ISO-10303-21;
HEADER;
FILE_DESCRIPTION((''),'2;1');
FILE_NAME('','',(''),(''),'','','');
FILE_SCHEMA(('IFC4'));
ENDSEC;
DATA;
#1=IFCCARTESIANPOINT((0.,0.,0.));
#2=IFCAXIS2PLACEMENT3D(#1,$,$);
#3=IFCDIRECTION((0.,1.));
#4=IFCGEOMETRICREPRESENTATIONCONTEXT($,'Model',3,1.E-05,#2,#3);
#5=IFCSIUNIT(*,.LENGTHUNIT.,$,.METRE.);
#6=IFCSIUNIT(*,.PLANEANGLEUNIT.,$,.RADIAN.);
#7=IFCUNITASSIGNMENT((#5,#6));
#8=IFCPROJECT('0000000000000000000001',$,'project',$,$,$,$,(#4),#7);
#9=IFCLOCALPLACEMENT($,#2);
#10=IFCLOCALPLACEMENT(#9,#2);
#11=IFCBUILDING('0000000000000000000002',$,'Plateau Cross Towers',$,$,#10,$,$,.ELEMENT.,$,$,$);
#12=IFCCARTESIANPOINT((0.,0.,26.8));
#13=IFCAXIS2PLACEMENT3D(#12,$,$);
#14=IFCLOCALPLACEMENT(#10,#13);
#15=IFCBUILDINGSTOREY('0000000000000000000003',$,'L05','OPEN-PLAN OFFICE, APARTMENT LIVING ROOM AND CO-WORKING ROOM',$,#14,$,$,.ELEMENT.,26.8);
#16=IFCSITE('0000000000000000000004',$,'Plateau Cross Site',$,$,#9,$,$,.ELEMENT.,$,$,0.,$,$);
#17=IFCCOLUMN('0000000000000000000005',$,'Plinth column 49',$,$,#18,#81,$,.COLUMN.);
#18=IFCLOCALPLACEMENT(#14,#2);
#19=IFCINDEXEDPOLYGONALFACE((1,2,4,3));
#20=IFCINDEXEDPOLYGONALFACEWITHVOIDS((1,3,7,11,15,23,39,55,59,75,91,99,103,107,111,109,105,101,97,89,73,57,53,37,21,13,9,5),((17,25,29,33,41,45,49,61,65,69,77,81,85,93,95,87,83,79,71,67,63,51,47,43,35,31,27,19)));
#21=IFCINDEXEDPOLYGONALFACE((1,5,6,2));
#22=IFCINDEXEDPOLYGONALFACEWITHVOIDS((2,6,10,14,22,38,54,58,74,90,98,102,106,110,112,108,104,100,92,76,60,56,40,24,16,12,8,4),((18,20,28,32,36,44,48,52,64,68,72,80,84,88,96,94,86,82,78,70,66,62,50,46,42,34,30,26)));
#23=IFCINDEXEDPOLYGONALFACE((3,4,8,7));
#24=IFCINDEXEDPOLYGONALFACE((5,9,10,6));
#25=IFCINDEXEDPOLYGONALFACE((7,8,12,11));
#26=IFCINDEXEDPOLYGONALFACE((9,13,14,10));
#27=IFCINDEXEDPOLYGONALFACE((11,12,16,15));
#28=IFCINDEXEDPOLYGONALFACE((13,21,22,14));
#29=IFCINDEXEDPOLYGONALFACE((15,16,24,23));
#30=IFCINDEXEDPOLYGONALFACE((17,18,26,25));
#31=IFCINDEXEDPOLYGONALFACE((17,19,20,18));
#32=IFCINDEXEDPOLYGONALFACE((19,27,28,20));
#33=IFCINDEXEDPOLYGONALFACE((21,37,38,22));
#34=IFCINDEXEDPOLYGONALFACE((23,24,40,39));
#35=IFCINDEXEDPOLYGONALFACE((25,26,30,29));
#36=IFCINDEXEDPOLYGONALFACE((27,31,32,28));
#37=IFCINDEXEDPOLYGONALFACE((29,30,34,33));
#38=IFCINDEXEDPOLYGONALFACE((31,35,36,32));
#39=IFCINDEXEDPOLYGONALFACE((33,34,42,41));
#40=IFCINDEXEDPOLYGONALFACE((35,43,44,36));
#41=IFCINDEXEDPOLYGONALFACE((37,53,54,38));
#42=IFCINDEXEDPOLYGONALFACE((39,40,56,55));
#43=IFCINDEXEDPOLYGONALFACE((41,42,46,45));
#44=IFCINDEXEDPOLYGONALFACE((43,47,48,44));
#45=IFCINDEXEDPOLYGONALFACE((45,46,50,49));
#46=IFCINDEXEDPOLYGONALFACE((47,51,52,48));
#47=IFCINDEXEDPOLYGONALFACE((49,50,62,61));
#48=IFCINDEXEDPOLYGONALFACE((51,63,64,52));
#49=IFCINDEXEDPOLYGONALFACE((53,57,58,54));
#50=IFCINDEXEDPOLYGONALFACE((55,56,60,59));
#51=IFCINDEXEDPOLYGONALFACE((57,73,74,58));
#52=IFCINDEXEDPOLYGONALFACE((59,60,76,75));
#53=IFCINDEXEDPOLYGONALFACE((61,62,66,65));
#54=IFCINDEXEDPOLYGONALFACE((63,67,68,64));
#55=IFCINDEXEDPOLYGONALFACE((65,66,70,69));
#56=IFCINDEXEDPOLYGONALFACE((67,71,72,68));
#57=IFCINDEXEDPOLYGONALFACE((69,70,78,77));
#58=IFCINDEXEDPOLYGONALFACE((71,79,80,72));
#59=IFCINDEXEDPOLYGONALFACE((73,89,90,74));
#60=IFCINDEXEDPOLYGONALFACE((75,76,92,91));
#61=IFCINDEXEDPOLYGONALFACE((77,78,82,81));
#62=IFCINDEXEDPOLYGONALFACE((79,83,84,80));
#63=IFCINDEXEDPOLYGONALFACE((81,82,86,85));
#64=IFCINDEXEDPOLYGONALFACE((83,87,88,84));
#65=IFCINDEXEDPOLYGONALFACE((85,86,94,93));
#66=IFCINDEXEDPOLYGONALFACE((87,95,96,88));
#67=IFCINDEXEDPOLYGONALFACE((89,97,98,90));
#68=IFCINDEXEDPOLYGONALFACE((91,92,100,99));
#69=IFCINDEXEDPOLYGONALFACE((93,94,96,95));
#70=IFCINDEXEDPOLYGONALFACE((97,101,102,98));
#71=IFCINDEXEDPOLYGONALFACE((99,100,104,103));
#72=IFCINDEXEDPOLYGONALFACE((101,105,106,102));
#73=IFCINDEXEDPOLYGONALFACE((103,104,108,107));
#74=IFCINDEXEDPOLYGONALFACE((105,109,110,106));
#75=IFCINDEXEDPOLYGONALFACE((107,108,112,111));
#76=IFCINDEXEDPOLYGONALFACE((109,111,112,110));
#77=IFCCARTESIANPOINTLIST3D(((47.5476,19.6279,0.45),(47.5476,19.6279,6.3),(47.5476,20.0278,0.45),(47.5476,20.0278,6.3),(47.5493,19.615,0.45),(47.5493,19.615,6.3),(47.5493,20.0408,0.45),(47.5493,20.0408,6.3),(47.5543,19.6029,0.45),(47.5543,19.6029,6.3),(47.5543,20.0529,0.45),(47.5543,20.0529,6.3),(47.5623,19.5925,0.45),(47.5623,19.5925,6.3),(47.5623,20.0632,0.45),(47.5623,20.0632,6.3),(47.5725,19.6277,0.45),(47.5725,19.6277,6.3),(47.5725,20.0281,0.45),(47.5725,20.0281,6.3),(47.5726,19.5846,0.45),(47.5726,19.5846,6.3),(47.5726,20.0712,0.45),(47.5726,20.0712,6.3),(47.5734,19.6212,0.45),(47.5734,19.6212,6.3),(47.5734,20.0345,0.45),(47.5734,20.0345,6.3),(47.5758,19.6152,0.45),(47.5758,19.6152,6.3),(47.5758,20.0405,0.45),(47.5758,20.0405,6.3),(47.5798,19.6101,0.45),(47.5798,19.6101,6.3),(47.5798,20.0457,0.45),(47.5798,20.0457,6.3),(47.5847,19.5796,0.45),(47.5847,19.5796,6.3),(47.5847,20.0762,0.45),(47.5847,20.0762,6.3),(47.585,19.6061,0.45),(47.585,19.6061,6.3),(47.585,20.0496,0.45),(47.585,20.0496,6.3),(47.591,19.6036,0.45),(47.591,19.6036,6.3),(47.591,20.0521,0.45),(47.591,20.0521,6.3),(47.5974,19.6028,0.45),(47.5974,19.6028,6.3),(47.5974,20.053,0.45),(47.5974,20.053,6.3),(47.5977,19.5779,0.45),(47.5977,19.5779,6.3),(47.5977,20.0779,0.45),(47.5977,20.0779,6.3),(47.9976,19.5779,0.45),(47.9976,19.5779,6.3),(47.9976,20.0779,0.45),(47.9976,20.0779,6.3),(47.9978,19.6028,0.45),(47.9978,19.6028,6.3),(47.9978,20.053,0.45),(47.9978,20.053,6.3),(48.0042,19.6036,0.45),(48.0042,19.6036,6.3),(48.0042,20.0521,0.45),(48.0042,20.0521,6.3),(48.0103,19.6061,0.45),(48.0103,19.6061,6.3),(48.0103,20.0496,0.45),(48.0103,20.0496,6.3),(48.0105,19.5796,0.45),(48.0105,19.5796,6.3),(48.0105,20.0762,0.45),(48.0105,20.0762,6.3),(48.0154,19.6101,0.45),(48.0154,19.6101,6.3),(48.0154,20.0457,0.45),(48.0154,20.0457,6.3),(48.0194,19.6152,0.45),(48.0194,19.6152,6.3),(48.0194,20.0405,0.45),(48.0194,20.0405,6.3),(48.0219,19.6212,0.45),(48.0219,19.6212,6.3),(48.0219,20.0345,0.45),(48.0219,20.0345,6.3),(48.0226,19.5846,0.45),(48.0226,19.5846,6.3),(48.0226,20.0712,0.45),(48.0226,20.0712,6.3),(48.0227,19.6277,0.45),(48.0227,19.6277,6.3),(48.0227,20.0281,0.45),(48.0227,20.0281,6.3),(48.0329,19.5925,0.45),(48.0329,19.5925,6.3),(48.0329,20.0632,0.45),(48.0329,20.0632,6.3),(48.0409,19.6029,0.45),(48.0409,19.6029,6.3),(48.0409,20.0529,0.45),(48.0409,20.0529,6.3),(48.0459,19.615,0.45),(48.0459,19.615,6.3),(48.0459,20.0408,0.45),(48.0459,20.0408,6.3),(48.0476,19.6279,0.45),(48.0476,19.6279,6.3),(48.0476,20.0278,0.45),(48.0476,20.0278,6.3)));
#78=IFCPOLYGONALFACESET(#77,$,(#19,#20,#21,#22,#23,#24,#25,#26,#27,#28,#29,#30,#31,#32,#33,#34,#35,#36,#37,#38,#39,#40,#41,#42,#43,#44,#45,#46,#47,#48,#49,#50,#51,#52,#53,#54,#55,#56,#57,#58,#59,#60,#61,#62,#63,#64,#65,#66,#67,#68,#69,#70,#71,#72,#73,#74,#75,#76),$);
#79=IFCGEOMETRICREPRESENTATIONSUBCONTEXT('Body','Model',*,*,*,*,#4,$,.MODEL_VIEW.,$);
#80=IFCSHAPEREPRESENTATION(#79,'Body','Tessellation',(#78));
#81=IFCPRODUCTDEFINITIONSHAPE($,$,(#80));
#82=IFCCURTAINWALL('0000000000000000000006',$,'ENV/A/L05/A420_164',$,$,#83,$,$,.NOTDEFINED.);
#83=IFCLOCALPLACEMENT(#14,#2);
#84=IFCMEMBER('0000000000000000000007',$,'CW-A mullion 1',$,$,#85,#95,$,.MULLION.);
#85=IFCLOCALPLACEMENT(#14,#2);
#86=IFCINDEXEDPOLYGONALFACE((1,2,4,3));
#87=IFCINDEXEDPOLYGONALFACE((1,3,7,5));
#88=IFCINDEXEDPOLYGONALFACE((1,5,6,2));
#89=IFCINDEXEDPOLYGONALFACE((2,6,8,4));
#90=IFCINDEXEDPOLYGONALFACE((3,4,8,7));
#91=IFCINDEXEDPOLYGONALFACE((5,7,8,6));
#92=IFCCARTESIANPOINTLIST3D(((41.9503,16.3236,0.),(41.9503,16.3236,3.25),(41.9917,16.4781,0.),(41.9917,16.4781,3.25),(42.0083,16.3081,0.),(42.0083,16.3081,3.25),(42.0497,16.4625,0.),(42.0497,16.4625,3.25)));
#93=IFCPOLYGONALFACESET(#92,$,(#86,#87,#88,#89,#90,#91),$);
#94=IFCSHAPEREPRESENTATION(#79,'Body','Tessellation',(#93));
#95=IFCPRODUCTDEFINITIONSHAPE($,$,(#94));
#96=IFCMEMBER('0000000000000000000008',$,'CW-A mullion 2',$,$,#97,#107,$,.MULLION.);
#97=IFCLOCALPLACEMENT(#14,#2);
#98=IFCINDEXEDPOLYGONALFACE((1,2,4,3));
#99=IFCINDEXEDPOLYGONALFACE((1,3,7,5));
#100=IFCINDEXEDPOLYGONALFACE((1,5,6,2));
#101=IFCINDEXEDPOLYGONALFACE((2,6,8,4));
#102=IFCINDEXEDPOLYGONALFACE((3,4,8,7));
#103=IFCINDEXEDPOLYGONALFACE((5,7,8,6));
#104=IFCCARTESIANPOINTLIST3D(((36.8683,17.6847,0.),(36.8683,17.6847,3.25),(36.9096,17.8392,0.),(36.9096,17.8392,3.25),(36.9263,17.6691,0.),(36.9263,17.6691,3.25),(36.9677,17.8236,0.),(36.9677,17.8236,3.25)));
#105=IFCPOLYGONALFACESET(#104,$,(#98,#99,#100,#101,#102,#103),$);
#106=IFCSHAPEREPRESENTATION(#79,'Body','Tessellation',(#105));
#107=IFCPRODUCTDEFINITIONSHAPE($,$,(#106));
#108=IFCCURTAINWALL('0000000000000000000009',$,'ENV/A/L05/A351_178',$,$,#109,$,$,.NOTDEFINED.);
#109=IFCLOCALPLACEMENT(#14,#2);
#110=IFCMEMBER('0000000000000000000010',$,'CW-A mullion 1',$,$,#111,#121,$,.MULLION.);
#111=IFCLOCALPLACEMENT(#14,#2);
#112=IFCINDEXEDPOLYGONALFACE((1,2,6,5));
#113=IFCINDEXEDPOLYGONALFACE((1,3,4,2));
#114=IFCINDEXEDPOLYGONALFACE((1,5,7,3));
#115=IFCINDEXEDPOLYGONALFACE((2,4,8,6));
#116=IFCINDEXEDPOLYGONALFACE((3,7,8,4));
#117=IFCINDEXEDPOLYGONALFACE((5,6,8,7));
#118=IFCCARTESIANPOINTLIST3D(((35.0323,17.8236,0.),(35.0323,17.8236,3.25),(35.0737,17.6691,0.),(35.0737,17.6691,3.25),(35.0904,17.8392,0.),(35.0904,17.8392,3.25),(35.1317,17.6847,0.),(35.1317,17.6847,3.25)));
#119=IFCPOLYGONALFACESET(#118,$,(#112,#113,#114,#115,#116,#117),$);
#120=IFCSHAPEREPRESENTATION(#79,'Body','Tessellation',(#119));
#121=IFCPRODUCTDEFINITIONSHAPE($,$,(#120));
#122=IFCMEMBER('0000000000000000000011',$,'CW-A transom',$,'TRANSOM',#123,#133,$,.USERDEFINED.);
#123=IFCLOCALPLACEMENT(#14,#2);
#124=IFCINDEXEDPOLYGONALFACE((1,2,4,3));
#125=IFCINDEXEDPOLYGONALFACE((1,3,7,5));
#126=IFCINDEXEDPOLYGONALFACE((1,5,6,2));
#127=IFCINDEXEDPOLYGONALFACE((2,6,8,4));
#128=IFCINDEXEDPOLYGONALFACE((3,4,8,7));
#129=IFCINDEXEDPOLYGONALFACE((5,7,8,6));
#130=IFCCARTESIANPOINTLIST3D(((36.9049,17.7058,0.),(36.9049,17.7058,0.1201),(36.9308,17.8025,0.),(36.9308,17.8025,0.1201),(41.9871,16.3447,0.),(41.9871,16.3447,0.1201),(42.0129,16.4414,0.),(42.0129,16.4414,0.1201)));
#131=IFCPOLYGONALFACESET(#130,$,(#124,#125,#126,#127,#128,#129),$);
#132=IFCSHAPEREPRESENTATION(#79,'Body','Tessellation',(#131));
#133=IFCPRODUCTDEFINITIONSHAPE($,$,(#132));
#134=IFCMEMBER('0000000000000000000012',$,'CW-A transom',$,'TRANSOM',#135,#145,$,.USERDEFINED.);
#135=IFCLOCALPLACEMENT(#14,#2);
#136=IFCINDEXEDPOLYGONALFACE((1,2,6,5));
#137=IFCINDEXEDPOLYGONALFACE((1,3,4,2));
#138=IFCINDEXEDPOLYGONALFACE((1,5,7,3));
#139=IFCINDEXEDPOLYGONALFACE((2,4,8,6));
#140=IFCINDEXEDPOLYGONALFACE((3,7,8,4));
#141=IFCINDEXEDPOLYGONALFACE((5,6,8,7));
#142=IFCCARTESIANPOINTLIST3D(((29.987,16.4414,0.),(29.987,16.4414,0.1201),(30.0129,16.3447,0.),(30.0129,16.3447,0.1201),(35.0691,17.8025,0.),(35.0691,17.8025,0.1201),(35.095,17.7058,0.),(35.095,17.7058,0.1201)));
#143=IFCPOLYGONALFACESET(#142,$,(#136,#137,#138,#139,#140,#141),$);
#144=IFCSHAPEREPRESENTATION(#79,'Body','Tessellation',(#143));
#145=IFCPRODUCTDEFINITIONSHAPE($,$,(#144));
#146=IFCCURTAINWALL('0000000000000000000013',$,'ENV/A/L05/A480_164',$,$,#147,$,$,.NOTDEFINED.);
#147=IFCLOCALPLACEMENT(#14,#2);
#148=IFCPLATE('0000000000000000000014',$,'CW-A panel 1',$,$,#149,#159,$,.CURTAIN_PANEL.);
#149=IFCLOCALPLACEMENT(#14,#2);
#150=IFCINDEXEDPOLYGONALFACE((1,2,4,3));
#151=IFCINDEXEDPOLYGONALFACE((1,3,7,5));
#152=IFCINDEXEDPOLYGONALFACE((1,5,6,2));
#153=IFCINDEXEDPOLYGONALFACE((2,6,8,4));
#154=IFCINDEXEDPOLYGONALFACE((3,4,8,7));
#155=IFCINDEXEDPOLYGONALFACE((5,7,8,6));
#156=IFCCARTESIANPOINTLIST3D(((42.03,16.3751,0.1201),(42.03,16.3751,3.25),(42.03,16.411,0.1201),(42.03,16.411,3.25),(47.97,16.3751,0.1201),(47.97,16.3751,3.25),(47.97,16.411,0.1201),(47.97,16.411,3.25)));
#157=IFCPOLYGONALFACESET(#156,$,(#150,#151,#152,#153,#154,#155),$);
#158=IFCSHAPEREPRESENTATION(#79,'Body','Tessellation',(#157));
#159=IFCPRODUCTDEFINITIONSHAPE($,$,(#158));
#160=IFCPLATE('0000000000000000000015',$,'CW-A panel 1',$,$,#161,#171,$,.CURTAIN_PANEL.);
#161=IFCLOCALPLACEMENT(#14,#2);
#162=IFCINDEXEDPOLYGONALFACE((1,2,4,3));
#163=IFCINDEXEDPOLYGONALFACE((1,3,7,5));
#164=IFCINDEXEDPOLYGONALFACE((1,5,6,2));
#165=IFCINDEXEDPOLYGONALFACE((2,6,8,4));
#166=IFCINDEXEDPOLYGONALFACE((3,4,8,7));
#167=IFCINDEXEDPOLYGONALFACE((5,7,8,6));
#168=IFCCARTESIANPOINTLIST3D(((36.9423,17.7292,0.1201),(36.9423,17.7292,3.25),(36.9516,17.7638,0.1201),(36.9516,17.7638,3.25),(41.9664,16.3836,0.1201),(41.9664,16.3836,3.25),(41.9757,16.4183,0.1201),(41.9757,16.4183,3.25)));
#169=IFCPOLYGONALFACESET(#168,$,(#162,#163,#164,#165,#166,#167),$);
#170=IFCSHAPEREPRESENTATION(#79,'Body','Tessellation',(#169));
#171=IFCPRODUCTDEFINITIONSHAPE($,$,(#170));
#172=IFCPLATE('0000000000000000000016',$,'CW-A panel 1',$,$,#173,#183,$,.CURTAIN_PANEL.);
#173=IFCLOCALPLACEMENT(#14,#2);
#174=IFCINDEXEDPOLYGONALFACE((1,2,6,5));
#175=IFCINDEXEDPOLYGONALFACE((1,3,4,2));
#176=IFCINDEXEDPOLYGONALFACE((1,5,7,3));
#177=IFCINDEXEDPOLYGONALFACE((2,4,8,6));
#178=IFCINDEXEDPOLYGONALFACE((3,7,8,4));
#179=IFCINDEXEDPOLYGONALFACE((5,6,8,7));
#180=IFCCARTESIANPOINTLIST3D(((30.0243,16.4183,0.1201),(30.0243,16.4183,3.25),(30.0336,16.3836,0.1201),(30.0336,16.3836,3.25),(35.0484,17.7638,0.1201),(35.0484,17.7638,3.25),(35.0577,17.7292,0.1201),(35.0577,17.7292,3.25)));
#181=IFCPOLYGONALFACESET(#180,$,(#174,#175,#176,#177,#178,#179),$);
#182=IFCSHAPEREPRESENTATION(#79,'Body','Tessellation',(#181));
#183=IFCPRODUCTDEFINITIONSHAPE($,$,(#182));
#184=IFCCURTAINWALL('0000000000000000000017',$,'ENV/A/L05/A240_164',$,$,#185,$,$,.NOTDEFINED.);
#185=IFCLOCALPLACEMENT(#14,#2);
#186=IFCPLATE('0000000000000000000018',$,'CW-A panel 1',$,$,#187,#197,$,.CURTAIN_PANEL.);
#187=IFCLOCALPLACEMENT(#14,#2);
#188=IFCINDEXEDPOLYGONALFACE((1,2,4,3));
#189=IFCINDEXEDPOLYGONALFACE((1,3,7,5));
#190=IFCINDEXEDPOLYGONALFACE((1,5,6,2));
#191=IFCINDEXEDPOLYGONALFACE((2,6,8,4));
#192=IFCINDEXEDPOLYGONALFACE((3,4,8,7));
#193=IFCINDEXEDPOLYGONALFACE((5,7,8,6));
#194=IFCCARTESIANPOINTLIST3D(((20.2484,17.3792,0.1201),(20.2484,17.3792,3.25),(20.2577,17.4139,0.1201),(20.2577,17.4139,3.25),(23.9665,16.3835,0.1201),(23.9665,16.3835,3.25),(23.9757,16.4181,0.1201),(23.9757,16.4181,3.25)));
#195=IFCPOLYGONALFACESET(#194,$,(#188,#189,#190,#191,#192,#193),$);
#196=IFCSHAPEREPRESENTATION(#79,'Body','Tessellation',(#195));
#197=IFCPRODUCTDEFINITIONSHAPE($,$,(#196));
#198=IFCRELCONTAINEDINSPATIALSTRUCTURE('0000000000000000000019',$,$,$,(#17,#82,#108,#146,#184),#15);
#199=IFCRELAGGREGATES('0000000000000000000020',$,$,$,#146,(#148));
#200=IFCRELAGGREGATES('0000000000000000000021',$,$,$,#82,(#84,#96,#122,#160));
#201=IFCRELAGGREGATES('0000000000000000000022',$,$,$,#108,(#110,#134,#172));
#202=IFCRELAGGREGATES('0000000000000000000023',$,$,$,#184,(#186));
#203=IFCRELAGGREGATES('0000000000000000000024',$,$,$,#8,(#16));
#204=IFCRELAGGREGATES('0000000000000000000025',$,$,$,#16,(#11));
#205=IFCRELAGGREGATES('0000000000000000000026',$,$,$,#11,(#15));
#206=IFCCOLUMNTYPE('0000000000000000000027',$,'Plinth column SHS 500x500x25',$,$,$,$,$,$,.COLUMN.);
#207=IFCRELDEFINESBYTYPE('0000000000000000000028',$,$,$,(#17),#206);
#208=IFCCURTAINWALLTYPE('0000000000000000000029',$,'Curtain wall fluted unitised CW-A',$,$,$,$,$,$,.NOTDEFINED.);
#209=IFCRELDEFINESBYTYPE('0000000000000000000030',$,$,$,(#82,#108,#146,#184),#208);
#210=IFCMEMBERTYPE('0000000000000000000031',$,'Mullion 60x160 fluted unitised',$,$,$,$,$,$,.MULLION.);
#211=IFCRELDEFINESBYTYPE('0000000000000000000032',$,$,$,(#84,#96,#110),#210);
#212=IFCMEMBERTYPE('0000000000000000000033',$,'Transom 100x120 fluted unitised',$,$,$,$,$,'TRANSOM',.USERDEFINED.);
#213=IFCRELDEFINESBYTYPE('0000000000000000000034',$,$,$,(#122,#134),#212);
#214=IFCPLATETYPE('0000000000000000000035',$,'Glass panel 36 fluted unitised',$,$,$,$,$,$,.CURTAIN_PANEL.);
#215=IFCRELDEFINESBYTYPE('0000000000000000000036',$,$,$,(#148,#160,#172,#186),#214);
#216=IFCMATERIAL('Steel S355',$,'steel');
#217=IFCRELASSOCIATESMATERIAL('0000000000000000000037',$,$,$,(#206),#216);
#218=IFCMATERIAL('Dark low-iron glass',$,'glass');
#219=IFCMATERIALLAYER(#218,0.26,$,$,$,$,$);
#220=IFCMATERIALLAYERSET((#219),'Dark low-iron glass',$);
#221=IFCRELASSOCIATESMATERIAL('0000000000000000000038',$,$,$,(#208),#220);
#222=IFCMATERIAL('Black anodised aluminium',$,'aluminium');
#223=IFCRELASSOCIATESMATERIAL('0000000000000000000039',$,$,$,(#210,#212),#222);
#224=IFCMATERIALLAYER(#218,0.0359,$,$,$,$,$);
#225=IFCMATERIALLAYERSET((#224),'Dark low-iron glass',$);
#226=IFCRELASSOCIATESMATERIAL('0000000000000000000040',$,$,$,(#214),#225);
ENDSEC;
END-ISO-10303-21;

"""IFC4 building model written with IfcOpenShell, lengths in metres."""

from ifc_helpers import new_model, si_unit, direction, frame, origin, origin_2d, place, context, subcontext, project, spatial, rectangle, hollow_rectangle, extrude, material, layer, layer_set, material_profile, profile_set, type_object, element, aggregate, save


model = new_model("IFC4")

# Units and contexts
model_context = context("Model", 3, precision=1e-05, world=origin(), true_north=direction((0.0, 1.0)))
body_context = subcontext(model_context, "Body", "Model", "MODEL_VIEW")
ifc_project = project(units=[si_unit("LENGTHUNIT", "METRE"), si_unit("PLANEANGLEUNIT", "RADIAN")], contexts=[model_context])

# Site, building, storey
site_placement = place(None, origin())
site = spatial("IfcSite", under=ifc_project, at=site_placement, Name="Plateau Cross Site", CompositionType="ELEMENT", RefElevation=0.0)
building_placement = place(site_placement, origin())
building = spatial("IfcBuilding", under=site, at=building_placement, Name="Plateau Cross Towers", CompositionType="ELEMENT")
storey_placement = place(building_placement, frame((0.0, 0.0, 26.8)))
storey = spatial("IfcBuildingStorey", under=building, at=storey_placement, Name="L05", Description="OPEN-PLAN OFFICE, APARTMENT LIVING ROOM AND CO-WORKING ROOM", CompositionType="ELEMENT", Elevation=26.8)

# Column
ifc_material_1 = material(Name="Steel S355", Category="steel")
ifc_material_profile_1 = material_profile(ifc_material_1, hollow_rectangle(XDim=0.5, YDim=0.5, WallThickness=0.0249, InnerFilletRadius=0.0249, OuterFilletRadius=0.05, at=origin_2d()), Name="SHS 500x500x25")
ifc_profile_set_1 = profile_set([ifc_material_profile_1], Name="Steel S355")
column_type_1 = type_object("IfcColumnType", Name="Plinth column SHS 500x500x25", PredefinedType="COLUMN", material=ifc_profile_set_1)
for number, where, z_axis, x_axis, name in (
    (1, (47.7976, 19.8279, 0.45), (0.0, 0.0, 1.0), (1.0, 0.0, 0.0), "Plinth column 49"),
):
    element("IfcColumn", number, at=place(storey_placement, frame(where, z_axis=z_axis, x_axis=x_axis)), inside=storey, type_object=column_type_1, Name=name, PredefinedType="COLUMN", context=body_context, shape_type="SweptSolid", body=[
        extrude(hollow_rectangle(XDim=0.5, YDim=0.5, WallThickness=0.0249, InnerFilletRadius=0.0249, OuterFilletRadius=0.05, at=origin_2d()), origin(), (0.0, 0.0, 1.0), 5.8501),
    ])

# Curtain wall, members
ifc_material_2 = material(Name="Dark low-iron glass", Category="glass")
ifc_layer_1 = layer(ifc_material_2, 0.26)
ifc_layer_set_1 = layer_set([ifc_layer_1], Name="Dark low-iron glass")
curtain_wall_type = type_object("IfcCurtainWallType", Name="Curtain wall fluted unitised CW-A", PredefinedType="NOTDEFINED", material=ifc_layer_set_1)
curtain_wall_1_placement = place(storey_placement, origin())
curtain_wall_1 = element("IfcCurtainWall", 2, at=curtain_wall_1_placement, inside=storey, type_object=curtain_wall_type, Name="ENV/A/L05/A420_164", PredefinedType="NOTDEFINED")
ifc_material_3 = material(Name="Black anodised aluminium", Category="aluminium")
ifc_material_profile_2 = material_profile(ifc_material_3, rectangle(XDim=0.0601, YDim=0.1599, at=origin_2d()), Name="MULLION 60x160")
ifc_profile_set_2 = profile_set([ifc_material_profile_2], Name="Black anodised aluminium")
member_type_1 = type_object("IfcMemberType", Name="Mullion 60x160 fluted unitised", PredefinedType="MULLION", material=ifc_profile_set_2)
member_1_placement = place(storey_placement, frame((42.0, 16.3931, 0.0), z_axis=(0.0, 0.0, 1.0), x_axis=(-0.965958, 0.258699, 0.0)))
member_1 = element("IfcMember", 3, at=member_1_placement, type_object=member_type_1, Name="CW-A mullion 1", PredefinedType="MULLION", context=body_context, shape_type="SweptSolid", body=[
    extrude(rectangle(XDim=0.0601, YDim=0.1599, at=origin_2d()), origin(), (0.0, 0.0, 1.0), 3.25),
])
member_2_placement = place(storey_placement, frame((36.918, 17.7542, 0.0), z_axis=(0.0, 0.0, 1.0), x_axis=(-0.965958, 0.258699, 0.0)))
member_2 = element("IfcMember", 4, at=member_2_placement, type_object=member_type_1, Name="CW-A mullion 2", PredefinedType="MULLION", context=body_context, shape_type="SweptSolid", body=[
    extrude(rectangle(XDim=0.0601, YDim=0.1599, at=origin_2d()), origin(), (0.0, 0.0, 1.0), 3.25),
])

# Curtain wall, member
curtain_wall_2_placement = place(storey_placement, origin())
curtain_wall_2 = element("IfcCurtainWall", 5, at=curtain_wall_2_placement, inside=storey, type_object=curtain_wall_type, Name="ENV/A/L05/A351_178", PredefinedType="NOTDEFINED")
member_3_placement = place(storey_placement, frame((35.082, 17.7542, 0.0), z_axis=(0.0, 0.0, 1.0), x_axis=(-0.965958, -0.258699, 0.0)))
member_3 = element("IfcMember", 6, at=member_3_placement, type_object=member_type_1, Name="CW-A mullion 1", PredefinedType="MULLION", context=body_context, shape_type="SweptSolid", body=[
    extrude(rectangle(XDim=0.0601, YDim=0.1599, at=origin_2d()), origin(), (0.0, 0.0, 1.0), 3.25),
])

# Members
ifc_material_profile_3 = material_profile(ifc_material_3, rectangle(XDim=0.1001, YDim=0.1201, at=origin_2d()), Name="TRANSOM 100x120")
ifc_profile_set_3 = profile_set([ifc_material_profile_3], Name="Black anodised aluminium")
member_type_2 = type_object("IfcMemberType", Name="Transom 100x120 fluted unitised", ElementType="TRANSOM", PredefinedType="USERDEFINED", material=ifc_profile_set_3)
member_4_placement = place(storey_placement, frame((42.0, 16.3931, 0.0601), z_axis=(-0.965956, 0.258705, 0.0), x_axis=(-0.258705, -0.965956, 0.0)))
member_4 = element("IfcMember", 7, at=member_4_placement, type_object=member_type_2, Name="CW-A transom", ObjectType="TRANSOM", PredefinedType="USERDEFINED", context=body_context, shape_type="SweptSolid", body=[
    extrude(rectangle(XDim=0.1001, YDim=0.1201, at=origin_2d()), origin(), (0.0, 0.0, 1.0), 5.2612),
])
member_5_placement = place(storey_placement, frame((35.082, 17.7542, 0.0601), z_axis=(-0.965956, -0.258705, 0.0), x_axis=(0.258705, -0.965956, 0.0)))
member_5 = element("IfcMember", 8, at=member_5_placement, type_object=member_type_2, Name="CW-A transom", ObjectType="TRANSOM", PredefinedType="USERDEFINED", context=body_context, shape_type="SweptSolid", body=[
    extrude(rectangle(XDim=0.1001, YDim=0.1201, at=origin_2d()), origin(), (0.0, 0.0, 1.0), 5.2612),
])

# Curtain wall, plate
curtain_wall_3_placement = place(storey_placement, origin())
curtain_wall_3 = element("IfcCurtainWall", 9, at=curtain_wall_3_placement, inside=storey, type_object=curtain_wall_type, Name="ENV/A/L05/A480_164", PredefinedType="NOTDEFINED")
ifc_layer_2 = layer(ifc_material_2, 0.0359)
ifc_layer_set_2 = layer_set([ifc_layer_2], Name="Dark low-iron glass")
plate_type = type_object("IfcPlateType", Name="Glass panel 36 fluted unitised", PredefinedType="CURTAIN_PANEL", material=ifc_layer_set_2)
plate_1_placement = place(storey_placement, frame((45.0, 16.3931, 0.1201), z_axis=(0.0, 0.0, 1.0), x_axis=(-1.0, 0.0, 0.0)))
plate_1 = element("IfcPlate", 10, at=plate_1_placement, type_object=plate_type, Name="CW-A panel 1", PredefinedType="CURTAIN_PANEL", context=body_context, shape_type="SweptSolid", body=[
    extrude(rectangle(XDim=5.9399, YDim=0.0359, at=origin_2d()), origin(), (0.0, 0.0, 1.0), 3.1299),
])
aggregate(curtain_wall_3, [plate_1])

# Plates
plate_2_placement = place(storey_placement, frame((39.459, 17.0737, 0.1201), z_axis=(0.0, 0.0, 1.0), x_axis=(-0.965958, 0.258699, 0.0)))
plate_2 = element("IfcPlate", 11, at=plate_2_placement, type_object=plate_type, Name="CW-A panel 1", PredefinedType="CURTAIN_PANEL", context=body_context, shape_type="SweptSolid", body=[
    extrude(rectangle(XDim=5.2012, YDim=0.0359, at=origin_2d()), origin(), (0.0, 0.0, 1.0), 3.1299),
])
aggregate(curtain_wall_1, [member_1, member_2, member_4, plate_2])
plate_3_placement = place(storey_placement, frame((32.541, 17.0737, 0.1201), z_axis=(0.0, 0.0, 1.0), x_axis=(-0.965958, -0.258699, 0.0)))
plate_3 = element("IfcPlate", 12, at=plate_3_placement, type_object=plate_type, Name="CW-A panel 1", PredefinedType="CURTAIN_PANEL", context=body_context, shape_type="SweptSolid", body=[
    extrude(rectangle(XDim=5.2012, YDim=0.0359, at=origin_2d()), origin(), (0.0, 0.0, 1.0), 3.1299),
])
aggregate(curtain_wall_2, [member_3, member_5, plate_3])

# Curtain wall, plate
curtain_wall_4_placement = place(storey_placement, origin())
curtain_wall_4 = element("IfcCurtainWall", 13, at=curtain_wall_4_placement, inside=storey, type_object=curtain_wall_type, Name="ENV/A/L05/A240_164", PredefinedType="NOTDEFINED")
plate_4_placement = place(storey_placement, frame((22.1121, 16.8987, 0.1201), z_axis=(0.0, 0.0, 1.0), x_axis=(-0.965958, 0.258699, 0.0)))
plate_4 = element("IfcPlate", 14, at=plate_4_placement, type_object=plate_type, Name="CW-A panel 1", PredefinedType="CURTAIN_PANEL", context=body_context, shape_type="SweptSolid", body=[
    extrude(rectangle(XDim=3.8491, YDim=0.0359, at=origin_2d()), origin(), (0.0, 0.0, 1.0), 3.1299),
])
aggregate(curtain_wall_4, [plate_4])

save(model, "model.ifc")
